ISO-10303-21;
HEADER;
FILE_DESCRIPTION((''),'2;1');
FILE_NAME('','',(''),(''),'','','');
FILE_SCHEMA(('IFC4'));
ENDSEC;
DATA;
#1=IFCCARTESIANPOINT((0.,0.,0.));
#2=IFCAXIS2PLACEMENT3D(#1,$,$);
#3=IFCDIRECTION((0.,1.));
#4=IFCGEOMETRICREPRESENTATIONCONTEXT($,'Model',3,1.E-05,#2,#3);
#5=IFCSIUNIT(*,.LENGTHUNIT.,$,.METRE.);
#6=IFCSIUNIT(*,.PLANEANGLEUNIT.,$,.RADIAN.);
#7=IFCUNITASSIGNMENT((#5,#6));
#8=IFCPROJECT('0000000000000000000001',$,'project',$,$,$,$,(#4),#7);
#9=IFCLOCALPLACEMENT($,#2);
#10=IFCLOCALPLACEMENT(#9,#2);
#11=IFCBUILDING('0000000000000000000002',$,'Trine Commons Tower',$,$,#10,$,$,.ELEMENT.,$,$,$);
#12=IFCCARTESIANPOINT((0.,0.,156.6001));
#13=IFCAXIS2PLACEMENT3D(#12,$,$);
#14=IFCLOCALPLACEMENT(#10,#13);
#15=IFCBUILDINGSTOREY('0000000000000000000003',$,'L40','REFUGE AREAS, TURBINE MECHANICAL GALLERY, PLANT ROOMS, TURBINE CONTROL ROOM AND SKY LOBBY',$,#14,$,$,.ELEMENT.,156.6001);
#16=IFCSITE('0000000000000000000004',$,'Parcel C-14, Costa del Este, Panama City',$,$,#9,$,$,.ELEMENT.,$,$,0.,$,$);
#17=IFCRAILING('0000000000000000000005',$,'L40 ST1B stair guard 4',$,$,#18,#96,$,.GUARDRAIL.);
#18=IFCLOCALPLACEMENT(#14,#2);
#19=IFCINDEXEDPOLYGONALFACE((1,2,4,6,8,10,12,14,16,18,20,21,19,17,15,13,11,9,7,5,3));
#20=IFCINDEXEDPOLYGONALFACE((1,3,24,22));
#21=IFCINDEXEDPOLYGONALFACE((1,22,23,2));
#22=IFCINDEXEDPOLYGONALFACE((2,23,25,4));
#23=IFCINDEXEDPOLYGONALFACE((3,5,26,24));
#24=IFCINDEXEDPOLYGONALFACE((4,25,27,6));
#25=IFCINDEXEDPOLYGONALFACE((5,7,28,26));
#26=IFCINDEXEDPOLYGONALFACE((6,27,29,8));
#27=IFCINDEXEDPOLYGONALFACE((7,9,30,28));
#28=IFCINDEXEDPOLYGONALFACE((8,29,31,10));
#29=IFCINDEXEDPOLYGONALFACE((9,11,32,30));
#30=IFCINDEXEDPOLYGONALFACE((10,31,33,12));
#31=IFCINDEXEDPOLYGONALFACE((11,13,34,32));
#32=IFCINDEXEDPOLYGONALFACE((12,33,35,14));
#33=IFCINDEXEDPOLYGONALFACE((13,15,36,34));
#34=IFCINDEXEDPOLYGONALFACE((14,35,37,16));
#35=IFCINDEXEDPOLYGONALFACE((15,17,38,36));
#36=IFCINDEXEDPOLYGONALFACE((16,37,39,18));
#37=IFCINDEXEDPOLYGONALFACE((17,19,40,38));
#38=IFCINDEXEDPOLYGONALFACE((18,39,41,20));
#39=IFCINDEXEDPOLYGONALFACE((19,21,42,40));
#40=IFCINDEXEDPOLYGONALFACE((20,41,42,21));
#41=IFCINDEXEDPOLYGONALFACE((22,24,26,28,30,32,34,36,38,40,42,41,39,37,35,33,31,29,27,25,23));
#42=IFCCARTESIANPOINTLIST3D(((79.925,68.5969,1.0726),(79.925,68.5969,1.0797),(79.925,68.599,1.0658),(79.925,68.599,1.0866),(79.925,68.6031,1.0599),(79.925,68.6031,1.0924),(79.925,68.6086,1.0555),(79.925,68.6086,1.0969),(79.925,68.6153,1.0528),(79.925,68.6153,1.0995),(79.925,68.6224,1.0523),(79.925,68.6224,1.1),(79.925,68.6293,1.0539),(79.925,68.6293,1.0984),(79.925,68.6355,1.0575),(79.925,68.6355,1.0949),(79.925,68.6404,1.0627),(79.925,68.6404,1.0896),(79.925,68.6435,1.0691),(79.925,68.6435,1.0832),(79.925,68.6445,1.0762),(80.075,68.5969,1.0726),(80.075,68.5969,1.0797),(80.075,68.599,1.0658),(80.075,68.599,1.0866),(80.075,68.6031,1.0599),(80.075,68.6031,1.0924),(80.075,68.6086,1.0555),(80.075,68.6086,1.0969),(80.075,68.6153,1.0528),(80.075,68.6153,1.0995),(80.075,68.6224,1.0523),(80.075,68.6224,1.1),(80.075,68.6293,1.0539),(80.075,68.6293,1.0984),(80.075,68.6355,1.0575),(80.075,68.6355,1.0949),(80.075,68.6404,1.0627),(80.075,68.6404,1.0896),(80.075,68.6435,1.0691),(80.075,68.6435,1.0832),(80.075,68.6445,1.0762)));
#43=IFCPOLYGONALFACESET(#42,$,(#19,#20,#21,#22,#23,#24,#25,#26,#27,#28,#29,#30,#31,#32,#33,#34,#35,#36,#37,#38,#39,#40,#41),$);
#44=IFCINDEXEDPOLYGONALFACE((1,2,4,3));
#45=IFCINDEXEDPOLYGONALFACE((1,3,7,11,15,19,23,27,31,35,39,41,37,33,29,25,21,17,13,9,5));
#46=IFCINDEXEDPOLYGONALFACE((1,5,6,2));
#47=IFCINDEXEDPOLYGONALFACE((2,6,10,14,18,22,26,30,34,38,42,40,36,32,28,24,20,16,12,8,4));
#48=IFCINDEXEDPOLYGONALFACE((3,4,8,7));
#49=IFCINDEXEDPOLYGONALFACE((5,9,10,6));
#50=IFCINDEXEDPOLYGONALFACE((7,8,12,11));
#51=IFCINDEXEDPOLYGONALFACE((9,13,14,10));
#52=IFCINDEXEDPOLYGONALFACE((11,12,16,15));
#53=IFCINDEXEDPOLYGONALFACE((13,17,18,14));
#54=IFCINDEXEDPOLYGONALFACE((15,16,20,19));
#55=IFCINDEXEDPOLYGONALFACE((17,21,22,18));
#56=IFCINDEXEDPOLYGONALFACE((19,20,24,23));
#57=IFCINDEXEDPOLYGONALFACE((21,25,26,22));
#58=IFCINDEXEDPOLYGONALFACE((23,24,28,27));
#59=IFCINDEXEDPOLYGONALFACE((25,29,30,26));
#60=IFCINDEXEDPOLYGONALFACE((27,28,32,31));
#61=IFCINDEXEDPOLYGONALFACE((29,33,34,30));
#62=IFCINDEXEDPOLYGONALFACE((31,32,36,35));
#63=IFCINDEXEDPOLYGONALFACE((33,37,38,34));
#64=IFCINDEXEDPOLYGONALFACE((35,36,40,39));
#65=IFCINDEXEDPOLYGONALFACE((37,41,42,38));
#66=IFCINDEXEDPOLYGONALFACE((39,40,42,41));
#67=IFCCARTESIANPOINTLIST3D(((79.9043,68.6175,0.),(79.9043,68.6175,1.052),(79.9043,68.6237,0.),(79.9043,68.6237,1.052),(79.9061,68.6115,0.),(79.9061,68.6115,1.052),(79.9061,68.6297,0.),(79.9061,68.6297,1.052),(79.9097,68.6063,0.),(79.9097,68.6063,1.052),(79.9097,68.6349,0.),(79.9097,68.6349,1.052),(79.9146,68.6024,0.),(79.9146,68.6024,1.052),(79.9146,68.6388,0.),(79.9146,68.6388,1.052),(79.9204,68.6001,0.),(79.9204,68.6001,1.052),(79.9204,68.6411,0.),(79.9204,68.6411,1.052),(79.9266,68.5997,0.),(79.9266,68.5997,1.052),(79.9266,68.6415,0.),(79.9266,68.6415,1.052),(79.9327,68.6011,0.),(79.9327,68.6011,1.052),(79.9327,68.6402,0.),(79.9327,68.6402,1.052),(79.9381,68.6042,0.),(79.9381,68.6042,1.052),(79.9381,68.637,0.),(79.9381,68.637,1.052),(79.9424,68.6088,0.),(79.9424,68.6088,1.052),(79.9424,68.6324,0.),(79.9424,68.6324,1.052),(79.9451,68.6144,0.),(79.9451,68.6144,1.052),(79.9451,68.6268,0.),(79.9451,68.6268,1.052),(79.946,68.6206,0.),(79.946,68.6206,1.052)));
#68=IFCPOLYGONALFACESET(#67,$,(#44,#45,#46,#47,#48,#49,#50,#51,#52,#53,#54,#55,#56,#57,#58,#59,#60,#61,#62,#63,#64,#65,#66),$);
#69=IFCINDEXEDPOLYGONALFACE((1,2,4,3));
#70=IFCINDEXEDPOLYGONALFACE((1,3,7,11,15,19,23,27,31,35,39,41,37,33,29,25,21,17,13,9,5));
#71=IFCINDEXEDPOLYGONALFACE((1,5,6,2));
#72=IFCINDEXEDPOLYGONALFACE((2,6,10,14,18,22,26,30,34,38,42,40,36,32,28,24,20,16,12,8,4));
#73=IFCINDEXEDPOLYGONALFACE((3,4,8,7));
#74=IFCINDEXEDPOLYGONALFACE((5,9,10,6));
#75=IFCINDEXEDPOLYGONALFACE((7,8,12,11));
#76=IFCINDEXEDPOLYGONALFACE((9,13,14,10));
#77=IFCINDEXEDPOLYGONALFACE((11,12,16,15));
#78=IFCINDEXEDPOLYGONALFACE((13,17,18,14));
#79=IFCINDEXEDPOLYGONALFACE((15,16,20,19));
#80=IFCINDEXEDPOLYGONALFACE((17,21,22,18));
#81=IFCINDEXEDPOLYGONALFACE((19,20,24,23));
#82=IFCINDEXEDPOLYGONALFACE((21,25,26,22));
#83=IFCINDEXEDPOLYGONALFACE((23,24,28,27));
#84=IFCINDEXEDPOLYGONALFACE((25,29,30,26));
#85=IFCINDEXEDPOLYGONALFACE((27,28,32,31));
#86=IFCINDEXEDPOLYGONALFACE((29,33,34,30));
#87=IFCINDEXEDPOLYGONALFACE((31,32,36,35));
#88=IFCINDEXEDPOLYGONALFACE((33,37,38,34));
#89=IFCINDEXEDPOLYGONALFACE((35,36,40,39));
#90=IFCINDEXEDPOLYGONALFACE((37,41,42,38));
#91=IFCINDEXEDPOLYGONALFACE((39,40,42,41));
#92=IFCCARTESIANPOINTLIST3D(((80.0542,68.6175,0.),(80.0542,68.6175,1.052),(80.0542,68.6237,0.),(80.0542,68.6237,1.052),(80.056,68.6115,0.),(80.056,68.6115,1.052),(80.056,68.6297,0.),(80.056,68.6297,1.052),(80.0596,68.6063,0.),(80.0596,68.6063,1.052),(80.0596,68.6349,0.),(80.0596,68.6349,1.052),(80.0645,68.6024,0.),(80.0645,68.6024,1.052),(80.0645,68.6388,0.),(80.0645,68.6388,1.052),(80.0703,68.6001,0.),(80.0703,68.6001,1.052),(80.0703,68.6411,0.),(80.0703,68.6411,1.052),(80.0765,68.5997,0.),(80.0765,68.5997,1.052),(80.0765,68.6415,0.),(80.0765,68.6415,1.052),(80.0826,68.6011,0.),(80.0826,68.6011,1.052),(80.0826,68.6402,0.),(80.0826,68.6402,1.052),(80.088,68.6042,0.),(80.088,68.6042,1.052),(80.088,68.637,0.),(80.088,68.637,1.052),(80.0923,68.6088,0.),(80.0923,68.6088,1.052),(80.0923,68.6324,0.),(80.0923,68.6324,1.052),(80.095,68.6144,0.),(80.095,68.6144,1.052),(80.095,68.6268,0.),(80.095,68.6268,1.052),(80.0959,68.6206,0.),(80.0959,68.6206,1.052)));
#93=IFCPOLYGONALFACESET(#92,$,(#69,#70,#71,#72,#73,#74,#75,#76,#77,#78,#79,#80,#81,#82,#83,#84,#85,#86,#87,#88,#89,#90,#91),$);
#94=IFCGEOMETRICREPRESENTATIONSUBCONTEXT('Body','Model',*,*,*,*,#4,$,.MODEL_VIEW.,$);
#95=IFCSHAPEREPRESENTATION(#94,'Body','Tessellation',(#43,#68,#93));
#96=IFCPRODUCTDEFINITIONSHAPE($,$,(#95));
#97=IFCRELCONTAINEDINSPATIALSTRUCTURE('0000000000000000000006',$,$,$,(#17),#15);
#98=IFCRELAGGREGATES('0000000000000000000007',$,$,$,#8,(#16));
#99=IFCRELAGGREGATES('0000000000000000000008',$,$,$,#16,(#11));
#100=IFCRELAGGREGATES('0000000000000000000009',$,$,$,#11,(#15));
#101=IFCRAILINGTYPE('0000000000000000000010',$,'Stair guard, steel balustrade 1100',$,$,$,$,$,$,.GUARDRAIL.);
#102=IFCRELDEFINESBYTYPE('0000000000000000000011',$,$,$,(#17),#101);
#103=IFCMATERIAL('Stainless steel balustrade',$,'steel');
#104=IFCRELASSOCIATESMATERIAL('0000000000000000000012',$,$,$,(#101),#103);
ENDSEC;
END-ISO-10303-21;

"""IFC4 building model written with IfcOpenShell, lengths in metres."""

from ifc_helpers import new_model, si_unit, direction, frame, origin, origin_2d, place, context, subcontext, project, spatial, circle, extrude, material, type_object, element, save


model = new_model("IFC4")

# Units and contexts
model_context = context("Model", 3, precision=1e-05, world=origin(), true_north=direction((0.0, 1.0)))
body_context = subcontext(model_context, "Body", "Model", "MODEL_VIEW")
ifc_project = project(units=[si_unit("LENGTHUNIT", "METRE"), si_unit("PLANEANGLEUNIT", "RADIAN")], contexts=[model_context])

# Site, building, storey
site_placement = place(None, origin())
site = spatial("IfcSite", under=ifc_project, at=site_placement, Name="Parcel C-14, Costa del Este, Panama City", CompositionType="ELEMENT", RefElevation=0.0)
building_placement = place(site_placement, origin())
building = spatial("IfcBuilding", under=site, at=building_placement, Name="Trine Commons Tower", CompositionType="ELEMENT")
storey_placement = place(building_placement, frame((0.0, 0.0, 156.6001)))
storey = spatial("IfcBuildingStorey", under=building, at=storey_placement, Name="L40", Description="REFUGE AREAS, TURBINE MECHANICAL GALLERY, PLANT ROOMS, TURBINE CONTROL ROOM AND SKY LOBBY", CompositionType="ELEMENT", Elevation=156.6001)

# Railing
ifc_material_1 = material(Name="Stainless steel balustrade", Category="steel")
railing_type_1 = type_object("IfcRailingType", Name="Stair guard, steel balustrade 1100", PredefinedType="GUARDRAIL", material=ifc_material_1)
railing_1_placement = place(storey_placement, frame((79.925, 68.6206, 0.0)))
element("IfcRailing", 1, at=railing_1_placement, inside=storey, type_object=railing_type_1, Name="L40 ST1B stair guard 4", PredefinedType="GUARDRAIL", context=body_context, shape_type="SweptSolid", body=[
    extrude(circle(Radius=0.0239, at=origin_2d()), frame((0.0, 0.0, 1.0762), z_axis=(1.0, 0.0, 0.0), x_axis=(0.0, 1.0, 0.0)), (0.0, 0.0, 1.0), 0.1499),
    extrude(circle(Radius=0.021, at=origin_2d()), origin(), (0.0, 0.0, 1.0), 1.052),
    extrude(circle(Radius=0.021, at=origin_2d()), frame((0.1499, 0.0, 0.0)), (0.0, 0.0, 1.0), 1.052),
])

save(model, "model.ifc")
